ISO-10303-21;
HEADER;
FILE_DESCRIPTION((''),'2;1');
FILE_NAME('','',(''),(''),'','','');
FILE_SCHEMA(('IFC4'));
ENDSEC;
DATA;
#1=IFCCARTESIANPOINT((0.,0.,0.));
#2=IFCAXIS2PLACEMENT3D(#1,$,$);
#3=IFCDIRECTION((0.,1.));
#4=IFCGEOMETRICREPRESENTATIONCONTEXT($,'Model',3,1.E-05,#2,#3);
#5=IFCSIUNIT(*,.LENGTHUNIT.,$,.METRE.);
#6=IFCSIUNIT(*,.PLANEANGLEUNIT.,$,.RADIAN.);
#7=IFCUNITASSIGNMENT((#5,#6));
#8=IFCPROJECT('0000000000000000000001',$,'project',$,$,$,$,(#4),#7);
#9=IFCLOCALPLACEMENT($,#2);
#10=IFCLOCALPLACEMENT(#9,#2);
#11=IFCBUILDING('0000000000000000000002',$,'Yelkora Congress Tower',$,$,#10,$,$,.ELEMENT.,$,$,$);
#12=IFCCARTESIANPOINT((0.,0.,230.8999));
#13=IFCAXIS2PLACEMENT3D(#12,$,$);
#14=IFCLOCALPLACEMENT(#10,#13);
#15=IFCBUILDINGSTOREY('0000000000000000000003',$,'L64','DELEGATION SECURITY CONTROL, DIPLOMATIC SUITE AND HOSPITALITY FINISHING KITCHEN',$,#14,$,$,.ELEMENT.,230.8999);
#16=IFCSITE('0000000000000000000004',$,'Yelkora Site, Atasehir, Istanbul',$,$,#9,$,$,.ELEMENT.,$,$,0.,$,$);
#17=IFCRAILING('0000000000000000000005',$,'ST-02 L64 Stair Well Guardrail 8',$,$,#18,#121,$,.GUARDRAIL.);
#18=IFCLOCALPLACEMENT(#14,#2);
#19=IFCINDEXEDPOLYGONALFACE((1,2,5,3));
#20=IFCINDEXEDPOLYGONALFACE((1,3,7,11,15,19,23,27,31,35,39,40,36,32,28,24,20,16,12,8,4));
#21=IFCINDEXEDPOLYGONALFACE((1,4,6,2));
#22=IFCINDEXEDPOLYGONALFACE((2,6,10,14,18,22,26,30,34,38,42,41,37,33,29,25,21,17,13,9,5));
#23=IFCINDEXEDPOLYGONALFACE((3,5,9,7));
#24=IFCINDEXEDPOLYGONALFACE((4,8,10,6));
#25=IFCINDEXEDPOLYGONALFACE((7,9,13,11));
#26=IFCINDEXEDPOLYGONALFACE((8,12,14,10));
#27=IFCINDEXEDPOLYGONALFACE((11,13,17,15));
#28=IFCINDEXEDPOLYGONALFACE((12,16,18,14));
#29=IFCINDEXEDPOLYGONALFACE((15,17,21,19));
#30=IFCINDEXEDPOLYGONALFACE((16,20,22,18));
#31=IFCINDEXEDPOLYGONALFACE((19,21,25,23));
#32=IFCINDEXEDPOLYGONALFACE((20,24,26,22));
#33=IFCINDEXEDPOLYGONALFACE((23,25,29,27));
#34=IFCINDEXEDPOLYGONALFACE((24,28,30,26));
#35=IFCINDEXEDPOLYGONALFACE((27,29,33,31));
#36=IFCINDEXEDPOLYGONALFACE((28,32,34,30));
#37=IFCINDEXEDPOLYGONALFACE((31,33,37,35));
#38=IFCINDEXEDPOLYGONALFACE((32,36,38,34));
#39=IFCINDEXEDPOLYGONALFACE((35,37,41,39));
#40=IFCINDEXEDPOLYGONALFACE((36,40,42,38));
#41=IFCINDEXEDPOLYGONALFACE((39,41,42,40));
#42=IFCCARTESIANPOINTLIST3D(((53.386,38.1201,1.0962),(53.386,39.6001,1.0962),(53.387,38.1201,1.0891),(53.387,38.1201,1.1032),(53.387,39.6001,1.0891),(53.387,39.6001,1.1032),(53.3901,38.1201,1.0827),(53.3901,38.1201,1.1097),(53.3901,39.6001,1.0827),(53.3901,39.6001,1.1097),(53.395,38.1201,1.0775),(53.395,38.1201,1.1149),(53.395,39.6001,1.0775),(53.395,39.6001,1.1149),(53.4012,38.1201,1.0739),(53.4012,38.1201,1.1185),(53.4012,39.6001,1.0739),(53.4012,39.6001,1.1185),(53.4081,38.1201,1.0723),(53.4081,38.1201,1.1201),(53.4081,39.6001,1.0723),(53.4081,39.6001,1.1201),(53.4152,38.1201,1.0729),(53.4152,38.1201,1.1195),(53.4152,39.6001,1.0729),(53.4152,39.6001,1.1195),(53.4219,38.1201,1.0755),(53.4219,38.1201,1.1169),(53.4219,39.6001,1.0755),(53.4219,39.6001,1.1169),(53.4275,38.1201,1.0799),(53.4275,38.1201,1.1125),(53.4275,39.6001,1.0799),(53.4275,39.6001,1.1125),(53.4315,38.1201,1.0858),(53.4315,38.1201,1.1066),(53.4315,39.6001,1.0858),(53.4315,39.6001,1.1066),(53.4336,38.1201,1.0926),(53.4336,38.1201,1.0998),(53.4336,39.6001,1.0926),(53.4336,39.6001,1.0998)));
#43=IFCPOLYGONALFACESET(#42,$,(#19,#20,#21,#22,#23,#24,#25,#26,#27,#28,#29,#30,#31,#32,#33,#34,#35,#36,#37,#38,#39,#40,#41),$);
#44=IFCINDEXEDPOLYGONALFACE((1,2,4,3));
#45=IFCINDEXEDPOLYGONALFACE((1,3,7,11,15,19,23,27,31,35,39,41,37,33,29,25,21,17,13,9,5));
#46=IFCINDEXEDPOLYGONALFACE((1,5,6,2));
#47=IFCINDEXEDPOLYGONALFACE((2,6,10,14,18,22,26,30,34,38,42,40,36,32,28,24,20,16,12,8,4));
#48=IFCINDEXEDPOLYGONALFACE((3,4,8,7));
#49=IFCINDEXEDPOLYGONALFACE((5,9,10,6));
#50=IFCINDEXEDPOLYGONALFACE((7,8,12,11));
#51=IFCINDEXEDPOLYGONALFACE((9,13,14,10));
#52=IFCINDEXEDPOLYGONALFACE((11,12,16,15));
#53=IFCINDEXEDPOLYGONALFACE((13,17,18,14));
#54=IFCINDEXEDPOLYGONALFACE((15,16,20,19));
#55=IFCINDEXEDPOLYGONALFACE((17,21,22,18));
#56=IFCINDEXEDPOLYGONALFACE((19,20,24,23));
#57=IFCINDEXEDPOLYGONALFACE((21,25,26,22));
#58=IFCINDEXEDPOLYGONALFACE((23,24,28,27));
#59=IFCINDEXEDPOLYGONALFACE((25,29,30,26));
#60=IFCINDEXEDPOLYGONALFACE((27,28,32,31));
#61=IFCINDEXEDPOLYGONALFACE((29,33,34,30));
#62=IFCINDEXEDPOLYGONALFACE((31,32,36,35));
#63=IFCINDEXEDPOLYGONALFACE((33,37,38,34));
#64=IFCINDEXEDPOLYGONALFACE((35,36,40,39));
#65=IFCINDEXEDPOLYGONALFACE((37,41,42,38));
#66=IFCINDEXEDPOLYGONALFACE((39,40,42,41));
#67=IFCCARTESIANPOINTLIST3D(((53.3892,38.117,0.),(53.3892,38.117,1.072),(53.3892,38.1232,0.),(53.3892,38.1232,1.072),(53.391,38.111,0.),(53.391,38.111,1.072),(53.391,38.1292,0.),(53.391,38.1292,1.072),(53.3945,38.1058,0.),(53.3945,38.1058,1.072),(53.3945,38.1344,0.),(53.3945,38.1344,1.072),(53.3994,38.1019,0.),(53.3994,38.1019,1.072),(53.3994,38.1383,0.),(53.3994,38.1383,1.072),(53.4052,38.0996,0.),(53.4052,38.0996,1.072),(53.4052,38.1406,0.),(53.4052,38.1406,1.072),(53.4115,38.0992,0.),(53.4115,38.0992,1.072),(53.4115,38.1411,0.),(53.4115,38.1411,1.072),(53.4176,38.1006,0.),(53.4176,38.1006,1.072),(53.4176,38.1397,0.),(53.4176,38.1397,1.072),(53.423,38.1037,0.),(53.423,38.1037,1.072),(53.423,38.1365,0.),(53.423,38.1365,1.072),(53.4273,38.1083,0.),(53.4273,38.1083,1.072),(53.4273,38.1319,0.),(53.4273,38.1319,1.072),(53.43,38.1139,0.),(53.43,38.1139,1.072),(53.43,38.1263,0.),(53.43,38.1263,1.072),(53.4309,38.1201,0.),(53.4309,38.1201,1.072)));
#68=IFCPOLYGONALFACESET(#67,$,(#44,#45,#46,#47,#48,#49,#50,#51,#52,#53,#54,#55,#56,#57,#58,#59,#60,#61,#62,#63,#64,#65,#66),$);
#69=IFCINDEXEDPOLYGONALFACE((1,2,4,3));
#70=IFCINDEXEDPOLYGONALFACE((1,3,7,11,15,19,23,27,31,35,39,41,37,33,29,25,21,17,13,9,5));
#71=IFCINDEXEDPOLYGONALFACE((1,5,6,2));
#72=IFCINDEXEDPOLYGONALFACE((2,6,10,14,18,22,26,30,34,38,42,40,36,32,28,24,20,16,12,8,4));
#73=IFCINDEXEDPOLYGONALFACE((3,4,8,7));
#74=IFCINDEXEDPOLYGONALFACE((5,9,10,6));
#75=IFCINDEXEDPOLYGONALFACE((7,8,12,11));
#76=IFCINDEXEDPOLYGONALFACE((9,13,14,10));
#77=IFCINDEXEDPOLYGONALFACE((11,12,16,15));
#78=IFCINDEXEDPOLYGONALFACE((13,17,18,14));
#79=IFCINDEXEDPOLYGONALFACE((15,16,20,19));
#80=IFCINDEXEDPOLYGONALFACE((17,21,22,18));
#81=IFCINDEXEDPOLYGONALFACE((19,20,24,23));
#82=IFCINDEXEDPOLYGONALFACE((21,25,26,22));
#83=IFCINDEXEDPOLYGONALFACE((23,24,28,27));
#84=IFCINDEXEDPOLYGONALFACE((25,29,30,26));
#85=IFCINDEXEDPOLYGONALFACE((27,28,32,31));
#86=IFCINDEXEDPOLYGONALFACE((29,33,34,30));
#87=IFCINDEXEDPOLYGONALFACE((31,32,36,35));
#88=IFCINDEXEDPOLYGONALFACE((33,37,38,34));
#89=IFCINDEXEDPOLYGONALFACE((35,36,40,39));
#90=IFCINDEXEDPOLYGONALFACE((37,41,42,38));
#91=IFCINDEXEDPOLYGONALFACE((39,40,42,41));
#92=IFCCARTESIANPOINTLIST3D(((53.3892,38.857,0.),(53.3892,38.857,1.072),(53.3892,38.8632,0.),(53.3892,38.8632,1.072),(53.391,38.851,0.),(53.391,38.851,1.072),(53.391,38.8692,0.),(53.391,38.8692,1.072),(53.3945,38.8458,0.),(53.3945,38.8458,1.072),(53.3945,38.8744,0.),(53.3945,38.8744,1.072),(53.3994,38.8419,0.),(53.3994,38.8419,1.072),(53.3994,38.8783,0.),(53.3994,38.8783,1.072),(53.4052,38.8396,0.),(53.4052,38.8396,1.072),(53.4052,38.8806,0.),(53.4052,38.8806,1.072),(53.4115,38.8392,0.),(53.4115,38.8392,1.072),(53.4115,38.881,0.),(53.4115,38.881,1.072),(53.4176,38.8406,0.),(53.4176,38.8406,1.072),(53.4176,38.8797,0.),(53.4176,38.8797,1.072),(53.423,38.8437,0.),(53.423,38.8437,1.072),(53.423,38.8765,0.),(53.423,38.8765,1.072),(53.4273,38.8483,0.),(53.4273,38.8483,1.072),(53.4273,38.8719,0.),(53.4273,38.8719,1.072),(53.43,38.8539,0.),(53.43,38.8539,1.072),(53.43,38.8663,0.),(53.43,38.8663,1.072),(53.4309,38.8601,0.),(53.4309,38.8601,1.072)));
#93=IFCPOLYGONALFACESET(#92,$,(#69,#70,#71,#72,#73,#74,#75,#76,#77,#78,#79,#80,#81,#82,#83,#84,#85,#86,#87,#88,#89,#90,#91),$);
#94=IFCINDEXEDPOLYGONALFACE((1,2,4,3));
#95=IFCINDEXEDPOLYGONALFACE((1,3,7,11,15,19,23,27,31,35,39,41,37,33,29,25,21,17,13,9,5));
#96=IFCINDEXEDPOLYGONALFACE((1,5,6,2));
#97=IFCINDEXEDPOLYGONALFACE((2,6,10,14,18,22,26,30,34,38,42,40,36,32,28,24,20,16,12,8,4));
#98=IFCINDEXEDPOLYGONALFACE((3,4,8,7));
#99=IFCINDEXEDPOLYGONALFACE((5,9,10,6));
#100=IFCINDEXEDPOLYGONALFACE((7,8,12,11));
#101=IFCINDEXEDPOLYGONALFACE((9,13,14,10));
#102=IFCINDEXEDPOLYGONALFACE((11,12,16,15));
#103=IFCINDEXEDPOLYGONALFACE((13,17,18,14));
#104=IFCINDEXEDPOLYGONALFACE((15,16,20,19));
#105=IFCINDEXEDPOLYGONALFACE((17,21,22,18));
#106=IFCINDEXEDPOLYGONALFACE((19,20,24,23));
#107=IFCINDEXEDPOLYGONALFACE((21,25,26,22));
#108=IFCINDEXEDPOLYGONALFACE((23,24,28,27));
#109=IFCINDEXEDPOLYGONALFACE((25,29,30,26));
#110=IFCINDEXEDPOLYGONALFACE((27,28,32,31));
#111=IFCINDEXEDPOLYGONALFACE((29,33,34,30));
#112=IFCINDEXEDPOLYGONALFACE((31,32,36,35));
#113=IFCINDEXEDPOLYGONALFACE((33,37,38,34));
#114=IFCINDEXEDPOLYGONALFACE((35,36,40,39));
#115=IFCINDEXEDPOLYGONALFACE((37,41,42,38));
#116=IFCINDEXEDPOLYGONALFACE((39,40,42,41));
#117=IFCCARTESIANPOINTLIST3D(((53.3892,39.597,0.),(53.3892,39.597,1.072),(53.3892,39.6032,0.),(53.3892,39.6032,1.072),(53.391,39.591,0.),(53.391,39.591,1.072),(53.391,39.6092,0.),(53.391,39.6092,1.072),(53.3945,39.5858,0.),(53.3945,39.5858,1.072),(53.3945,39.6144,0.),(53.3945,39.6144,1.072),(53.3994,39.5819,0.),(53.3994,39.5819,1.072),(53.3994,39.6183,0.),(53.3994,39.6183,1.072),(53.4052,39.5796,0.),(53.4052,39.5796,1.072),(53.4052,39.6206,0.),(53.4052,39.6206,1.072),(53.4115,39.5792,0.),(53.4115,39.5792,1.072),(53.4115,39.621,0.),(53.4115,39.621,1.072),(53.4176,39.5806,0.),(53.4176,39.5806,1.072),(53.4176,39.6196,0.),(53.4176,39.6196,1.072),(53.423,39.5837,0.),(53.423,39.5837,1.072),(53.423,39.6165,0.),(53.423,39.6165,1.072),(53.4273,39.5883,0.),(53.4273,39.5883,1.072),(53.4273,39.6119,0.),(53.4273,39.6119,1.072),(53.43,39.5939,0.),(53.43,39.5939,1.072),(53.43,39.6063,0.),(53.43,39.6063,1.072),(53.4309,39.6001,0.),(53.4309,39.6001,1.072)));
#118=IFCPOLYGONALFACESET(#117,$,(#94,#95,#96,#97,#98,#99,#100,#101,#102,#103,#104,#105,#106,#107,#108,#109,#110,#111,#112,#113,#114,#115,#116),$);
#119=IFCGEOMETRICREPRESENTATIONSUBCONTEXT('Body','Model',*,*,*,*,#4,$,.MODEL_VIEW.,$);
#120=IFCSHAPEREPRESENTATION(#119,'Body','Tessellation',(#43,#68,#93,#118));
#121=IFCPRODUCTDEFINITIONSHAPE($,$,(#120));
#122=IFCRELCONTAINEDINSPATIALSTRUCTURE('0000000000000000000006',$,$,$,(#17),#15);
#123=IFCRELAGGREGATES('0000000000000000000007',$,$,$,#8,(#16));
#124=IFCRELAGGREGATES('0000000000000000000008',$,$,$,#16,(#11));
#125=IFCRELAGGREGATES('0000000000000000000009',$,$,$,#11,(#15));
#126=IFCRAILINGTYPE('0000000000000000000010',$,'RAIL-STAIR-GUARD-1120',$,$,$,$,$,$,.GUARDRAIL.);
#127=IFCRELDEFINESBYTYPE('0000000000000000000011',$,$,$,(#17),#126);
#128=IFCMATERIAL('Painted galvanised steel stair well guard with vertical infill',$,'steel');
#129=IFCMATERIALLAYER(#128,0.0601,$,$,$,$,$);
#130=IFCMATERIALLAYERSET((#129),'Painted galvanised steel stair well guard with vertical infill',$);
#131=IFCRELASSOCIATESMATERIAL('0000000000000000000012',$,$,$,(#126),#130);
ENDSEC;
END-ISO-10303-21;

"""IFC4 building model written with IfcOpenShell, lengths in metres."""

from ifc_helpers import new_model, si_unit, direction, frame, origin, origin_2d, place, context, subcontext, project, spatial, circle, extrude, material, layer, layer_set, type_object, element, save


model = new_model("IFC4")

# Units and contexts
model_context = context("Model", 3, precision=1e-05, world=origin(), true_north=direction((0.0, 1.0)))
body_context = subcontext(model_context, "Body", "Model", "MODEL_VIEW")
ifc_project = project(units=[si_unit("LENGTHUNIT", "METRE"), si_unit("PLANEANGLEUNIT", "RADIAN")], contexts=[model_context])

# Site, building, storey
site_placement = place(None, origin())
site = spatial("IfcSite", under=ifc_project, at=site_placement, Name="Yelkora Site, Atasehir, Istanbul", CompositionType="ELEMENT", RefElevation=0.0)
building_placement = place(site_placement, origin())
building = spatial("IfcBuilding", under=site, at=building_placement, Name="Yelkora Congress Tower", CompositionType="ELEMENT")
storey_placement = place(building_placement, frame((0.0, 0.0, 230.8999)))
storey = spatial("IfcBuildingStorey", under=building, at=storey_placement, Name="L64", Description="DELEGATION SECURITY CONTROL, DIPLOMATIC SUITE AND HOSPITALITY FINISHING KITCHEN", CompositionType="ELEMENT", Elevation=230.8999)

# Railing
ifc_material_1 = material(Name="Painted galvanised steel stair well guard with vertical infill", Category="steel")
ifc_layer_1 = layer(ifc_material_1, 0.0601)
ifc_layer_set_1 = layer_set([ifc_layer_1], Name="Painted galvanised steel stair well guard with vertical infill")
railing_type_1 = type_object("IfcRailingType", Name="RAIL-STAIR-GUARD-1120", PredefinedType="GUARDRAIL", material=ifc_layer_set_1)
railing_1_placement = place(storey_placement, frame((53.4099, 38.1201, 0.0)))
element("IfcRailing", 1, at=railing_1_placement, inside=storey, type_object=railing_type_1, Name="ST-02 L64 Stair Well Guardrail 8", PredefinedType="GUARDRAIL", context=body_context, shape_type="SweptSolid", body=[
    extrude(circle(Radius=0.0239, at=origin_2d()), frame((0.0, 0.0, 1.0962), z_axis=(0.0, 1.0, 0.0), x_axis=(-1.0, 0.0, 0.0)), (0.0, 0.0, 1.0), 1.48),
    extrude(circle(Radius=0.021, at=origin_2d()), origin(), (0.0, 0.0, 1.0), 1.072),
    extrude(circle(Radius=0.021, at=origin_2d()), frame((0.0, 0.74, 0.0)), (0.0, 0.0, 1.0), 1.072),
    extrude(circle(Radius=0.021, at=origin_2d()), frame((0.0, 1.48, 0.0)), (0.0, 0.0, 1.0), 1.072),
])

save(model, "model.ifc")
